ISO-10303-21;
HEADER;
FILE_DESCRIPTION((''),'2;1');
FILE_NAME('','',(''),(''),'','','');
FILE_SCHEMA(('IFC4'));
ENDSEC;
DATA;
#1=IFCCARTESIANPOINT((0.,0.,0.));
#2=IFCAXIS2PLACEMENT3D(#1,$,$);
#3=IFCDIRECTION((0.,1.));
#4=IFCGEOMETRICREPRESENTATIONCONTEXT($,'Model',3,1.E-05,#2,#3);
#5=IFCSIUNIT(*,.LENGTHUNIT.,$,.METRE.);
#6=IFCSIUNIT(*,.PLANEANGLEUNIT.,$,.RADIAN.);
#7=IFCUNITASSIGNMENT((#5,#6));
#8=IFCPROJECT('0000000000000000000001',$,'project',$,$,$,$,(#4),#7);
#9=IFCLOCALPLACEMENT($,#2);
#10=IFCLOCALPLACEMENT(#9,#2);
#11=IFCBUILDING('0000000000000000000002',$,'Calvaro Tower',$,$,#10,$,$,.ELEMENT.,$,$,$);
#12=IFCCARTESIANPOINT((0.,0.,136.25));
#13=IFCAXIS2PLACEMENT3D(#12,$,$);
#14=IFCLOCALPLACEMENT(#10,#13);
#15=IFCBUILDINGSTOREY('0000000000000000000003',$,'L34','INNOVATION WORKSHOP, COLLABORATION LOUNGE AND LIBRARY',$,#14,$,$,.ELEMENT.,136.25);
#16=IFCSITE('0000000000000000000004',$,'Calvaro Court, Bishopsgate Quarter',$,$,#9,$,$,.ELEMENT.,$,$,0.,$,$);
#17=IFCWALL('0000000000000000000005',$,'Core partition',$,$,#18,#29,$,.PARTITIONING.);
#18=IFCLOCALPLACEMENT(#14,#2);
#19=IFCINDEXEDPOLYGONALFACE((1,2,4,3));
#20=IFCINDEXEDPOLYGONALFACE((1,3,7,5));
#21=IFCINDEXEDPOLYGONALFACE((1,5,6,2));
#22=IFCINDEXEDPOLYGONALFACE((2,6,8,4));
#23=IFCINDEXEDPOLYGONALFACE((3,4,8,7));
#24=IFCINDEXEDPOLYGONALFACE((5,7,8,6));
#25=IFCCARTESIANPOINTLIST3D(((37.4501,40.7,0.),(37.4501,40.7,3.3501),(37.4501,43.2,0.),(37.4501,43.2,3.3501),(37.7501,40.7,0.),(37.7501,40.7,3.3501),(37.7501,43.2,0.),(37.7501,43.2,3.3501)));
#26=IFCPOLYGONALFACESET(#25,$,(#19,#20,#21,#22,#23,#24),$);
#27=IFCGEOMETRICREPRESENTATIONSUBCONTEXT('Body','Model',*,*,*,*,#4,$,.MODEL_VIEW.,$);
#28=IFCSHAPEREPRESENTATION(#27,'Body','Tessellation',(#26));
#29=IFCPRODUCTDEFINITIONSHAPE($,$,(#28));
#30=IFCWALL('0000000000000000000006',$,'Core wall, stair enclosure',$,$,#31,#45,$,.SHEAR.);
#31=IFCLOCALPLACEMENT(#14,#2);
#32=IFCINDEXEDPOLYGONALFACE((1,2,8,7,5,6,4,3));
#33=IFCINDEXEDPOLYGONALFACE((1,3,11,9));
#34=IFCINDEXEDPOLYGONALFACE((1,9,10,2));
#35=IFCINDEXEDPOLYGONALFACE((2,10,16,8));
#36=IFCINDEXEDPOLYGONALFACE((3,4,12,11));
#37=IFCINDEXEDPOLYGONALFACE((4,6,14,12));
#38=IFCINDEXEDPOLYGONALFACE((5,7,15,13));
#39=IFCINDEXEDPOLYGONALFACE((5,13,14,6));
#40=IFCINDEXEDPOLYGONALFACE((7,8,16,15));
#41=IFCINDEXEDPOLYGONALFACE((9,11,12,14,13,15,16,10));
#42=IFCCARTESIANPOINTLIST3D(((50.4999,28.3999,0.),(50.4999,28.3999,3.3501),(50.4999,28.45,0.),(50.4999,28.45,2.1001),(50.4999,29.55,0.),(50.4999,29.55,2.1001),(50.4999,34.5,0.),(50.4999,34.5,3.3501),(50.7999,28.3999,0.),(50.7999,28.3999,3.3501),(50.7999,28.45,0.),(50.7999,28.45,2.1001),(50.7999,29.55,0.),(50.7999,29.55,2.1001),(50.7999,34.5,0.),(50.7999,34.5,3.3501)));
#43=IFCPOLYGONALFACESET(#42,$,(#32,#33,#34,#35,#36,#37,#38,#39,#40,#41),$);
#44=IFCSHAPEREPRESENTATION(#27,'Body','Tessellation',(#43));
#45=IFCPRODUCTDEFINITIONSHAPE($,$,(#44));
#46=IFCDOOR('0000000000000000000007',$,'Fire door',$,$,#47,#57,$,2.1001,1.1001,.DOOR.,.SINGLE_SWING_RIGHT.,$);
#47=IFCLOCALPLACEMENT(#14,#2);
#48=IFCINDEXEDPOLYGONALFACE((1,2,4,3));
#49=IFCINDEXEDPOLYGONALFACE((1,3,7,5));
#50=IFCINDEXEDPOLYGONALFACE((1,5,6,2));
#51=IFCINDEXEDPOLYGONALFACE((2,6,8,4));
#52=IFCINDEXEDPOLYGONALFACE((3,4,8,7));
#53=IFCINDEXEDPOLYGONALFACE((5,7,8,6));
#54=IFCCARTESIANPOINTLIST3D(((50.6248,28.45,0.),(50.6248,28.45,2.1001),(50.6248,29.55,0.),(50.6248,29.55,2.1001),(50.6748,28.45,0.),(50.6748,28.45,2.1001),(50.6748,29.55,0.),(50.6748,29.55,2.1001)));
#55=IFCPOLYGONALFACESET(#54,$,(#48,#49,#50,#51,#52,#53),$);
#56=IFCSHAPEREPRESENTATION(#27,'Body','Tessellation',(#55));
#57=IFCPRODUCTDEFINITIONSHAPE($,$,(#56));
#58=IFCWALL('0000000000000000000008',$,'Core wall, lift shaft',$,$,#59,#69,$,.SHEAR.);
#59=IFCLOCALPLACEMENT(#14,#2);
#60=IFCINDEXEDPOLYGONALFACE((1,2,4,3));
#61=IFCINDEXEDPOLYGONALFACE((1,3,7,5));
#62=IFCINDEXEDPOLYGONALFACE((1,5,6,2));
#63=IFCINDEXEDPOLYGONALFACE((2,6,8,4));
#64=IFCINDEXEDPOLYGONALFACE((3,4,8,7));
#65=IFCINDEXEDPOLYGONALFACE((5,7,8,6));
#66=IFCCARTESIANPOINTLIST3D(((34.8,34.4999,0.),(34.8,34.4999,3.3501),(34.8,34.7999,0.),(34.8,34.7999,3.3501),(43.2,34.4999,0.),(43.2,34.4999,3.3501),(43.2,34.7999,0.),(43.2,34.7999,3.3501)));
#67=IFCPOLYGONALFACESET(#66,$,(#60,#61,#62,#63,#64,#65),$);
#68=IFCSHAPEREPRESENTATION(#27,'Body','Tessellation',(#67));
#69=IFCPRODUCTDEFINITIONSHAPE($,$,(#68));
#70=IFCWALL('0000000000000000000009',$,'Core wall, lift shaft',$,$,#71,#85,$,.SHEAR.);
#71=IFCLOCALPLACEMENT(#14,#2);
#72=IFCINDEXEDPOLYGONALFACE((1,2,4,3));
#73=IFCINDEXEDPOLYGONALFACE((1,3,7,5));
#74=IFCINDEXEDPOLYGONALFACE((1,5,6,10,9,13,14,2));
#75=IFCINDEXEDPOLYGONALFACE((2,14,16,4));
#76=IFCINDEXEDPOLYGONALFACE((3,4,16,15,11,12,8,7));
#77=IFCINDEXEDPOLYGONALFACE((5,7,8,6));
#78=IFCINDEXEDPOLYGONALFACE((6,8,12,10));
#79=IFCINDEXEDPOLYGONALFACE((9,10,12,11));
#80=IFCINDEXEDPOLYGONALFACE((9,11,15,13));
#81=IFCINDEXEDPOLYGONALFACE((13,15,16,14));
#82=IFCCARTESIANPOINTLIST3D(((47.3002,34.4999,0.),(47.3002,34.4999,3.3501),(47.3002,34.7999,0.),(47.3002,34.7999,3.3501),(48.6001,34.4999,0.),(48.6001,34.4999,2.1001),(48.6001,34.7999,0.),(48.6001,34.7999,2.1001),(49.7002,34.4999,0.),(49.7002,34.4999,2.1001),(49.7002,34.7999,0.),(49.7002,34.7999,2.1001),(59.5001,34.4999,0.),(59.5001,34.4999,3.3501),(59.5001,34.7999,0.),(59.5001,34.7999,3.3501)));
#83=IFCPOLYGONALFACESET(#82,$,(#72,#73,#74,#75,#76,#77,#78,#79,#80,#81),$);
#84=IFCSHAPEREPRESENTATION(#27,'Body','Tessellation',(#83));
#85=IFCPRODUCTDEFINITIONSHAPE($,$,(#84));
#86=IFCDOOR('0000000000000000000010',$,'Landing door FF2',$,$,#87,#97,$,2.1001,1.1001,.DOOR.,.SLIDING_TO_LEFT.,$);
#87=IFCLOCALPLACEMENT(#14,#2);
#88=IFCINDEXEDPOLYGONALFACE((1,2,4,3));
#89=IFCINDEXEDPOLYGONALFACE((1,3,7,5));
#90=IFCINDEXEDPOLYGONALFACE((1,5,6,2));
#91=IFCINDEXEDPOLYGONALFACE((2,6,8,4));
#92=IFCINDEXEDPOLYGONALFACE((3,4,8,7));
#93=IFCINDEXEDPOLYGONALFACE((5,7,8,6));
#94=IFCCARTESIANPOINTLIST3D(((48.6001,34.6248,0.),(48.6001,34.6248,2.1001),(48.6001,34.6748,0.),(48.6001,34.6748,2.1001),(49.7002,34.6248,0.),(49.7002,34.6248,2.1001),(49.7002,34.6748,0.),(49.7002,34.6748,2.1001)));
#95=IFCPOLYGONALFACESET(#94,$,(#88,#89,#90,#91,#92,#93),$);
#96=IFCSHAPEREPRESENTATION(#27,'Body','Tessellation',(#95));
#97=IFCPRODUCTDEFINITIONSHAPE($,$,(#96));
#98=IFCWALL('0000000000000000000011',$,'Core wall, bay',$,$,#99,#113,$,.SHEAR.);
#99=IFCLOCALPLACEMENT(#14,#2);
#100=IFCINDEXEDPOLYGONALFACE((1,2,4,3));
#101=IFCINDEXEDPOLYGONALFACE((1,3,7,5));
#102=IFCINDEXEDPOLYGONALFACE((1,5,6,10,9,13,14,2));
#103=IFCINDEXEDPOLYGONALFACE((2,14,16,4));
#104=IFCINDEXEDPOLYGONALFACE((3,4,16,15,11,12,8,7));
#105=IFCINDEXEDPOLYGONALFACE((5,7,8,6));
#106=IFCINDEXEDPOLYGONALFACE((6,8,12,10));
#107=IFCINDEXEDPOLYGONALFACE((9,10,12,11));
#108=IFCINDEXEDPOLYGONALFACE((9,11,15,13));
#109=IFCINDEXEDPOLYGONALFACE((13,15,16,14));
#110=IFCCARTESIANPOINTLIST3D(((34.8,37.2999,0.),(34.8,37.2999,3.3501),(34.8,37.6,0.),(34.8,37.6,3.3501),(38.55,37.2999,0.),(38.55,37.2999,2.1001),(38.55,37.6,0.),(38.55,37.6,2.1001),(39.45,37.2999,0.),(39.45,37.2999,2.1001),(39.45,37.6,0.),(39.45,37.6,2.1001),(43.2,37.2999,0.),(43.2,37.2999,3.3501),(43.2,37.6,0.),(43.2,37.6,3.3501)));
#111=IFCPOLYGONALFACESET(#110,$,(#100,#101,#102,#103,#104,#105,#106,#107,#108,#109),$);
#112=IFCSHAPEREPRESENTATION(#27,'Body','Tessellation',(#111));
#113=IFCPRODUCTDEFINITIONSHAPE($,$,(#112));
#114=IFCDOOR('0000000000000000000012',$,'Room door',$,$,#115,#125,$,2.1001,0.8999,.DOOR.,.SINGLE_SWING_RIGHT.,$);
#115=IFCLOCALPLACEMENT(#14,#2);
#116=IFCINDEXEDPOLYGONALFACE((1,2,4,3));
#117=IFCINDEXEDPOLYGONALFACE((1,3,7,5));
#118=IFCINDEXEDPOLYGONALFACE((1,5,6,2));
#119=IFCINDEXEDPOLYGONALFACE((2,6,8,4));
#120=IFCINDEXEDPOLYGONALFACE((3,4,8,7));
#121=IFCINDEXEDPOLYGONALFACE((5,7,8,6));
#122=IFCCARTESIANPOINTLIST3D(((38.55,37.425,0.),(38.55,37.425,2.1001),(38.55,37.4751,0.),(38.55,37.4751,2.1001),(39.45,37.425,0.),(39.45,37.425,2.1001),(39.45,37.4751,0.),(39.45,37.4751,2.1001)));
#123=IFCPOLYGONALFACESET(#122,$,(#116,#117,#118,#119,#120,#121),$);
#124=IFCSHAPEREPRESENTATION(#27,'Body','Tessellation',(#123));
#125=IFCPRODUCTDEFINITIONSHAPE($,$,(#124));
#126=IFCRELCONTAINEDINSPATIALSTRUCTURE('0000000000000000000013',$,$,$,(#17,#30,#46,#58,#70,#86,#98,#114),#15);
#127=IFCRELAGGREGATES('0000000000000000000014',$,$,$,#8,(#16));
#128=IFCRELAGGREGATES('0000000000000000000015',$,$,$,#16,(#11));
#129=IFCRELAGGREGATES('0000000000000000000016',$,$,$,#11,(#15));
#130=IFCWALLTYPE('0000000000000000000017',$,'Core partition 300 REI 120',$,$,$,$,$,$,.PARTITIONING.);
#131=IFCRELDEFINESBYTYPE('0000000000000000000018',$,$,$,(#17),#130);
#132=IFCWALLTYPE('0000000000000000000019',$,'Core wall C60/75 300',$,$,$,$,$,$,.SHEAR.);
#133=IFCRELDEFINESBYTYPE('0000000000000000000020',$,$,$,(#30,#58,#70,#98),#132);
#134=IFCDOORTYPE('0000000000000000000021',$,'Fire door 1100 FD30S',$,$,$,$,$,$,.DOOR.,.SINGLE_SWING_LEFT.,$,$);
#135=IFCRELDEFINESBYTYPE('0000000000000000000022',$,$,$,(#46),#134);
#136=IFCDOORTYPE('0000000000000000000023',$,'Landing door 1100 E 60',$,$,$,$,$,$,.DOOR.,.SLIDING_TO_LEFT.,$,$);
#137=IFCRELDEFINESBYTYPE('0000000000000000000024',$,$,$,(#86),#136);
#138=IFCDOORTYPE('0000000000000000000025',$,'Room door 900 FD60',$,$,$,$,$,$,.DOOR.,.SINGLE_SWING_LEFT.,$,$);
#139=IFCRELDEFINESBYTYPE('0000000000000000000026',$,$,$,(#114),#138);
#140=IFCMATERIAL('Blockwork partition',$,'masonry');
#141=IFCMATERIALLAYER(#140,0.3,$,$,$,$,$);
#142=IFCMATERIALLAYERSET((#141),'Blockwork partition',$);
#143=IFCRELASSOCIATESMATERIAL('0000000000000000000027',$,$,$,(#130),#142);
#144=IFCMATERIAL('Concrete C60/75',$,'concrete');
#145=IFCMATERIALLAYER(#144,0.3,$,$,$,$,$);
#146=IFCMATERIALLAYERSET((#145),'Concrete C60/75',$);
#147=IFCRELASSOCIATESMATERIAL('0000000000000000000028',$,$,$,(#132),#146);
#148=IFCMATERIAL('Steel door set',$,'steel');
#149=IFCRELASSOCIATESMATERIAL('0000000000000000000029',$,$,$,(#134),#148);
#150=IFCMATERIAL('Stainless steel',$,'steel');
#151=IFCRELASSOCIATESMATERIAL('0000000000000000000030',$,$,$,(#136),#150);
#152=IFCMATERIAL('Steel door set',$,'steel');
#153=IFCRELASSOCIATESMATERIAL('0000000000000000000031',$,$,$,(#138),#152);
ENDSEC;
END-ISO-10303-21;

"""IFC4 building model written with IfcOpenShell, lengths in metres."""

from ifc_helpers import new_model, si_unit, direction, frame, frame_2d, origin, place, context, subcontext, project, spatial, rectangle, extrude, material, layer, layer_set, type_object, element, fill, save


model = new_model("IFC4")

# Units and contexts
model_context = context("Model", 3, precision=1e-05, world=origin(), true_north=direction((0.0, 1.0)))
body_context = subcontext(model_context, "Body", "Model", "MODEL_VIEW")
ifc_project = project(units=[si_unit("LENGTHUNIT", "METRE"), si_unit("PLANEANGLEUNIT", "RADIAN")], contexts=[model_context])

# Site, building, storey
site_placement = place(None, origin())
site = spatial("IfcSite", under=ifc_project, at=site_placement, Name="Calvaro Court, Bishopsgate Quarter", CompositionType="ELEMENT", RefElevation=0.0)
building_placement = place(site_placement, origin())
building = spatial("IfcBuilding", under=site, at=building_placement, Name="Calvaro Tower", CompositionType="ELEMENT")
storey_placement = place(building_placement, frame((0.0, 0.0, 136.25)))
storey = spatial("IfcBuildingStorey", under=building, at=storey_placement, Name="L34", Description="INNOVATION WORKSHOP, COLLABORATION LOUNGE AND LIBRARY", CompositionType="ELEMENT", Elevation=136.25)

# Wall
ifc_material_1 = material(Name="Blockwork partition", Category="masonry")
ifc_layer_1 = layer(ifc_material_1, 0.3)
ifc_layer_set_1 = layer_set([ifc_layer_1], Name="Blockwork partition")
wall_type_1 = type_object("IfcWallType", Name="Core partition 300 REI 120", PredefinedType="PARTITIONING", material=ifc_layer_set_1)
wall_1_placement = place(storey_placement, frame((37.6001, 40.7, 0.0), z_axis=(0.0, 0.0, 1.0), x_axis=(0.0, 1.0, 0.0)))
element("IfcWall", 1, at=wall_1_placement, inside=storey, type_object=wall_type_1, Name="Core partition", PredefinedType="PARTITIONING", context=body_context, shape_type="SweptSolid", body=[
    extrude(rectangle(XDim=2.5, YDim=0.3, at=frame_2d((1.25, 0.0))), origin(), (0.0, 0.0, 1.0), 3.3501),
])

# Wall, opening, door
ifc_material_2 = material(Name="Concrete C60/75", Category="concrete")
ifc_layer_2 = layer(ifc_material_2, 0.3)
ifc_layer_set_2 = layer_set([ifc_layer_2], Name="Concrete C60/75")
wall_type_2 = type_object("IfcWallType", Name="Core wall C60/75 300", PredefinedType="SHEAR", material=ifc_layer_set_2)
wall_2_placement = place(storey_placement, frame((50.6499, 34.5, 0.0), z_axis=(0.0, 0.0, 1.0), x_axis=(0.0, -1.0, 0.0)))
wall_2 = element("IfcWall", 2, at=wall_2_placement, inside=storey, type_object=wall_type_2, Name="Core wall, stair enclosure", PredefinedType="SHEAR", context=body_context, shape_type="SweptSolid", body=[
    extrude(rectangle(XDim=6.1001, YDim=0.3, at=frame_2d((3.05, 0.0))), origin(), (0.0, 0.0, 1.0), 3.3501),
])
opening_1_placement = place(wall_2_placement, frame((4.95, 0.0, 0.0)))
opening_1 = element("IfcOpeningElement", 3, at=opening_1_placement, cuts=wall_2, PredefinedType="OPENING", context=body_context, shape_type="SweptSolid", body=[
    extrude(rectangle(XDim=1.1001, YDim=2.1001, at=frame_2d((0.55, 1.05))), frame((0.0, 0.1599, 0.0), z_axis=(0.0, -1.0, 0.0), x_axis=(1.0, 0.0, 0.0)), (0.0, 0.0, 1.0), 0.3201),
])
ifc_material_3 = material(Name="Steel door set", Category="steel")
door_type_1 = type_object("IfcDoorType", Name="Fire door 1100 FD30S", OperationType="SINGLE_SWING_LEFT", PredefinedType="DOOR", material=ifc_material_3)
door_1_placement = place(opening_1_placement, origin())
door_1 = element("IfcDoor", 4, at=door_1_placement, inside=storey, type_object=door_type_1, Name="Fire door", OperationType="SINGLE_SWING_RIGHT", OverallHeight=2.1001, OverallWidth=1.1001, PredefinedType="DOOR", context=body_context, shape_type="SweptSolid", body=[
    extrude(rectangle(XDim=1.1001, YDim=2.1001, at=frame_2d((0.55, 1.05))), frame((0.0, 0.0249, 0.0), z_axis=(0.0, -1.0, 0.0), x_axis=(1.0, 0.0, 0.0)), (0.0, 0.0, 1.0), 0.05),
])
fill(opening_1, door_1)

# Wall
wall_3_placement = place(storey_placement, frame((34.8, 34.6499, 0.0), z_axis=(0.0, 0.0, 1.0), x_axis=(1.0, 0.0, 0.0)))
element("IfcWall", 5, at=wall_3_placement, inside=storey, type_object=wall_type_2, Name="Core wall, lift shaft", PredefinedType="SHEAR", context=body_context, shape_type="SweptSolid", body=[
    extrude(rectangle(XDim=8.3999, YDim=0.3, at=frame_2d((4.2, 0.0))), origin(), (0.0, 0.0, 1.0), 3.3501),
])

# Walls, openings, doors
wall_4_placement = place(storey_placement, frame((47.3, 34.6499, 0.0), z_axis=(0.0, 0.0, 1.0), x_axis=(1.0, 0.0, 0.0)))
wall_4 = element("IfcWall", 6, at=wall_4_placement, inside=storey, type_object=wall_type_2, Name="Core wall, lift shaft", PredefinedType="SHEAR", context=body_context, shape_type="SweptSolid", body=[
    extrude(rectangle(XDim=12.2, YDim=0.3, at=frame_2d((6.1001, 0.0))), origin(), (0.0, 0.0, 1.0), 3.3501),
])
opening_2_placement = place(wall_4_placement, frame((1.3, 0.0, 0.0)))
opening_2 = element("IfcOpeningElement", 7, at=opening_2_placement, cuts=wall_4, PredefinedType="OPENING", context=body_context, shape_type="SweptSolid", body=[
    extrude(rectangle(XDim=1.1001, YDim=2.1001, at=frame_2d((0.55, 1.05))), frame((0.0, 0.1599, 0.0), z_axis=(0.0, -1.0, 0.0), x_axis=(1.0, 0.0, 0.0)), (0.0, 0.0, 1.0), 0.3201),
])
ifc_material_4 = material(Name="Stainless steel", Category="steel")
door_type_2 = type_object("IfcDoorType", Name="Landing door 1100 E 60", OperationType="SLIDING_TO_LEFT", PredefinedType="DOOR", material=ifc_material_4)
door_2_placement = place(opening_2_placement, origin())
door_2 = element("IfcDoor", 8, at=door_2_placement, inside=storey, type_object=door_type_2, Name="Landing door FF2", OperationType="SLIDING_TO_LEFT", OverallHeight=2.1001, OverallWidth=1.1001, PredefinedType="DOOR", context=body_context, shape_type="SweptSolid", body=[
    extrude(rectangle(XDim=1.1001, YDim=2.1001, at=frame_2d((0.55, 1.05))), frame((0.0, 0.0249, 0.0), z_axis=(0.0, -1.0, 0.0), x_axis=(1.0, 0.0, 0.0)), (0.0, 0.0, 1.0), 0.05),
])
fill(opening_2, door_2)
wall_5_placement = place(storey_placement, frame((43.2, 37.45, 0.0), z_axis=(0.0, 0.0, 1.0), x_axis=(-1.0, 0.0, 0.0)))
wall_5 = element("IfcWall", 9, at=wall_5_placement, inside=storey, type_object=wall_type_2, Name="Core wall, bay", PredefinedType="SHEAR", context=body_context, shape_type="SweptSolid", body=[
    extrude(rectangle(XDim=8.3999, YDim=0.3, at=frame_2d((4.2, 0.0))), origin(), (0.0, 0.0, 1.0), 3.3501),
])
opening_3_placement = place(wall_5_placement, frame((3.75, 0.0, 0.0)))
opening_3 = element("IfcOpeningElement", 10, at=opening_3_placement, cuts=wall_5, PredefinedType="OPENING", context=body_context, shape_type="SweptSolid", body=[
    extrude(rectangle(XDim=0.8999, YDim=2.1001, at=frame_2d((0.45, 1.05))), frame((0.0, 0.1599, 0.0), z_axis=(0.0, -1.0, 0.0), x_axis=(1.0, 0.0, 0.0)), (0.0, 0.0, 1.0), 0.3201),
])
ifc_material_5 = material(Name="Steel door set", Category="steel")
door_type_3 = type_object("IfcDoorType", Name="Room door 900 FD60", OperationType="SINGLE_SWING_LEFT", PredefinedType="DOOR", material=ifc_material_5)
door_3_placement = place(opening_3_placement, origin())
door_3 = element("IfcDoor", 11, at=door_3_placement, inside=storey, type_object=door_type_3, Name="Room door", OperationType="SINGLE_SWING_RIGHT", OverallHeight=2.1001, OverallWidth=0.8999, PredefinedType="DOOR", context=body_context, shape_type="SweptSolid", body=[
    extrude(rectangle(XDim=0.8999, YDim=2.1001, at=frame_2d((0.45, 1.05))), frame((0.0, 0.0249, 0.0), z_axis=(0.0, -1.0, 0.0), x_axis=(1.0, 0.0, 0.0)), (0.0, 0.0, 1.0), 0.05),
])
fill(opening_3, door_3)

save(model, "model.ifc")
